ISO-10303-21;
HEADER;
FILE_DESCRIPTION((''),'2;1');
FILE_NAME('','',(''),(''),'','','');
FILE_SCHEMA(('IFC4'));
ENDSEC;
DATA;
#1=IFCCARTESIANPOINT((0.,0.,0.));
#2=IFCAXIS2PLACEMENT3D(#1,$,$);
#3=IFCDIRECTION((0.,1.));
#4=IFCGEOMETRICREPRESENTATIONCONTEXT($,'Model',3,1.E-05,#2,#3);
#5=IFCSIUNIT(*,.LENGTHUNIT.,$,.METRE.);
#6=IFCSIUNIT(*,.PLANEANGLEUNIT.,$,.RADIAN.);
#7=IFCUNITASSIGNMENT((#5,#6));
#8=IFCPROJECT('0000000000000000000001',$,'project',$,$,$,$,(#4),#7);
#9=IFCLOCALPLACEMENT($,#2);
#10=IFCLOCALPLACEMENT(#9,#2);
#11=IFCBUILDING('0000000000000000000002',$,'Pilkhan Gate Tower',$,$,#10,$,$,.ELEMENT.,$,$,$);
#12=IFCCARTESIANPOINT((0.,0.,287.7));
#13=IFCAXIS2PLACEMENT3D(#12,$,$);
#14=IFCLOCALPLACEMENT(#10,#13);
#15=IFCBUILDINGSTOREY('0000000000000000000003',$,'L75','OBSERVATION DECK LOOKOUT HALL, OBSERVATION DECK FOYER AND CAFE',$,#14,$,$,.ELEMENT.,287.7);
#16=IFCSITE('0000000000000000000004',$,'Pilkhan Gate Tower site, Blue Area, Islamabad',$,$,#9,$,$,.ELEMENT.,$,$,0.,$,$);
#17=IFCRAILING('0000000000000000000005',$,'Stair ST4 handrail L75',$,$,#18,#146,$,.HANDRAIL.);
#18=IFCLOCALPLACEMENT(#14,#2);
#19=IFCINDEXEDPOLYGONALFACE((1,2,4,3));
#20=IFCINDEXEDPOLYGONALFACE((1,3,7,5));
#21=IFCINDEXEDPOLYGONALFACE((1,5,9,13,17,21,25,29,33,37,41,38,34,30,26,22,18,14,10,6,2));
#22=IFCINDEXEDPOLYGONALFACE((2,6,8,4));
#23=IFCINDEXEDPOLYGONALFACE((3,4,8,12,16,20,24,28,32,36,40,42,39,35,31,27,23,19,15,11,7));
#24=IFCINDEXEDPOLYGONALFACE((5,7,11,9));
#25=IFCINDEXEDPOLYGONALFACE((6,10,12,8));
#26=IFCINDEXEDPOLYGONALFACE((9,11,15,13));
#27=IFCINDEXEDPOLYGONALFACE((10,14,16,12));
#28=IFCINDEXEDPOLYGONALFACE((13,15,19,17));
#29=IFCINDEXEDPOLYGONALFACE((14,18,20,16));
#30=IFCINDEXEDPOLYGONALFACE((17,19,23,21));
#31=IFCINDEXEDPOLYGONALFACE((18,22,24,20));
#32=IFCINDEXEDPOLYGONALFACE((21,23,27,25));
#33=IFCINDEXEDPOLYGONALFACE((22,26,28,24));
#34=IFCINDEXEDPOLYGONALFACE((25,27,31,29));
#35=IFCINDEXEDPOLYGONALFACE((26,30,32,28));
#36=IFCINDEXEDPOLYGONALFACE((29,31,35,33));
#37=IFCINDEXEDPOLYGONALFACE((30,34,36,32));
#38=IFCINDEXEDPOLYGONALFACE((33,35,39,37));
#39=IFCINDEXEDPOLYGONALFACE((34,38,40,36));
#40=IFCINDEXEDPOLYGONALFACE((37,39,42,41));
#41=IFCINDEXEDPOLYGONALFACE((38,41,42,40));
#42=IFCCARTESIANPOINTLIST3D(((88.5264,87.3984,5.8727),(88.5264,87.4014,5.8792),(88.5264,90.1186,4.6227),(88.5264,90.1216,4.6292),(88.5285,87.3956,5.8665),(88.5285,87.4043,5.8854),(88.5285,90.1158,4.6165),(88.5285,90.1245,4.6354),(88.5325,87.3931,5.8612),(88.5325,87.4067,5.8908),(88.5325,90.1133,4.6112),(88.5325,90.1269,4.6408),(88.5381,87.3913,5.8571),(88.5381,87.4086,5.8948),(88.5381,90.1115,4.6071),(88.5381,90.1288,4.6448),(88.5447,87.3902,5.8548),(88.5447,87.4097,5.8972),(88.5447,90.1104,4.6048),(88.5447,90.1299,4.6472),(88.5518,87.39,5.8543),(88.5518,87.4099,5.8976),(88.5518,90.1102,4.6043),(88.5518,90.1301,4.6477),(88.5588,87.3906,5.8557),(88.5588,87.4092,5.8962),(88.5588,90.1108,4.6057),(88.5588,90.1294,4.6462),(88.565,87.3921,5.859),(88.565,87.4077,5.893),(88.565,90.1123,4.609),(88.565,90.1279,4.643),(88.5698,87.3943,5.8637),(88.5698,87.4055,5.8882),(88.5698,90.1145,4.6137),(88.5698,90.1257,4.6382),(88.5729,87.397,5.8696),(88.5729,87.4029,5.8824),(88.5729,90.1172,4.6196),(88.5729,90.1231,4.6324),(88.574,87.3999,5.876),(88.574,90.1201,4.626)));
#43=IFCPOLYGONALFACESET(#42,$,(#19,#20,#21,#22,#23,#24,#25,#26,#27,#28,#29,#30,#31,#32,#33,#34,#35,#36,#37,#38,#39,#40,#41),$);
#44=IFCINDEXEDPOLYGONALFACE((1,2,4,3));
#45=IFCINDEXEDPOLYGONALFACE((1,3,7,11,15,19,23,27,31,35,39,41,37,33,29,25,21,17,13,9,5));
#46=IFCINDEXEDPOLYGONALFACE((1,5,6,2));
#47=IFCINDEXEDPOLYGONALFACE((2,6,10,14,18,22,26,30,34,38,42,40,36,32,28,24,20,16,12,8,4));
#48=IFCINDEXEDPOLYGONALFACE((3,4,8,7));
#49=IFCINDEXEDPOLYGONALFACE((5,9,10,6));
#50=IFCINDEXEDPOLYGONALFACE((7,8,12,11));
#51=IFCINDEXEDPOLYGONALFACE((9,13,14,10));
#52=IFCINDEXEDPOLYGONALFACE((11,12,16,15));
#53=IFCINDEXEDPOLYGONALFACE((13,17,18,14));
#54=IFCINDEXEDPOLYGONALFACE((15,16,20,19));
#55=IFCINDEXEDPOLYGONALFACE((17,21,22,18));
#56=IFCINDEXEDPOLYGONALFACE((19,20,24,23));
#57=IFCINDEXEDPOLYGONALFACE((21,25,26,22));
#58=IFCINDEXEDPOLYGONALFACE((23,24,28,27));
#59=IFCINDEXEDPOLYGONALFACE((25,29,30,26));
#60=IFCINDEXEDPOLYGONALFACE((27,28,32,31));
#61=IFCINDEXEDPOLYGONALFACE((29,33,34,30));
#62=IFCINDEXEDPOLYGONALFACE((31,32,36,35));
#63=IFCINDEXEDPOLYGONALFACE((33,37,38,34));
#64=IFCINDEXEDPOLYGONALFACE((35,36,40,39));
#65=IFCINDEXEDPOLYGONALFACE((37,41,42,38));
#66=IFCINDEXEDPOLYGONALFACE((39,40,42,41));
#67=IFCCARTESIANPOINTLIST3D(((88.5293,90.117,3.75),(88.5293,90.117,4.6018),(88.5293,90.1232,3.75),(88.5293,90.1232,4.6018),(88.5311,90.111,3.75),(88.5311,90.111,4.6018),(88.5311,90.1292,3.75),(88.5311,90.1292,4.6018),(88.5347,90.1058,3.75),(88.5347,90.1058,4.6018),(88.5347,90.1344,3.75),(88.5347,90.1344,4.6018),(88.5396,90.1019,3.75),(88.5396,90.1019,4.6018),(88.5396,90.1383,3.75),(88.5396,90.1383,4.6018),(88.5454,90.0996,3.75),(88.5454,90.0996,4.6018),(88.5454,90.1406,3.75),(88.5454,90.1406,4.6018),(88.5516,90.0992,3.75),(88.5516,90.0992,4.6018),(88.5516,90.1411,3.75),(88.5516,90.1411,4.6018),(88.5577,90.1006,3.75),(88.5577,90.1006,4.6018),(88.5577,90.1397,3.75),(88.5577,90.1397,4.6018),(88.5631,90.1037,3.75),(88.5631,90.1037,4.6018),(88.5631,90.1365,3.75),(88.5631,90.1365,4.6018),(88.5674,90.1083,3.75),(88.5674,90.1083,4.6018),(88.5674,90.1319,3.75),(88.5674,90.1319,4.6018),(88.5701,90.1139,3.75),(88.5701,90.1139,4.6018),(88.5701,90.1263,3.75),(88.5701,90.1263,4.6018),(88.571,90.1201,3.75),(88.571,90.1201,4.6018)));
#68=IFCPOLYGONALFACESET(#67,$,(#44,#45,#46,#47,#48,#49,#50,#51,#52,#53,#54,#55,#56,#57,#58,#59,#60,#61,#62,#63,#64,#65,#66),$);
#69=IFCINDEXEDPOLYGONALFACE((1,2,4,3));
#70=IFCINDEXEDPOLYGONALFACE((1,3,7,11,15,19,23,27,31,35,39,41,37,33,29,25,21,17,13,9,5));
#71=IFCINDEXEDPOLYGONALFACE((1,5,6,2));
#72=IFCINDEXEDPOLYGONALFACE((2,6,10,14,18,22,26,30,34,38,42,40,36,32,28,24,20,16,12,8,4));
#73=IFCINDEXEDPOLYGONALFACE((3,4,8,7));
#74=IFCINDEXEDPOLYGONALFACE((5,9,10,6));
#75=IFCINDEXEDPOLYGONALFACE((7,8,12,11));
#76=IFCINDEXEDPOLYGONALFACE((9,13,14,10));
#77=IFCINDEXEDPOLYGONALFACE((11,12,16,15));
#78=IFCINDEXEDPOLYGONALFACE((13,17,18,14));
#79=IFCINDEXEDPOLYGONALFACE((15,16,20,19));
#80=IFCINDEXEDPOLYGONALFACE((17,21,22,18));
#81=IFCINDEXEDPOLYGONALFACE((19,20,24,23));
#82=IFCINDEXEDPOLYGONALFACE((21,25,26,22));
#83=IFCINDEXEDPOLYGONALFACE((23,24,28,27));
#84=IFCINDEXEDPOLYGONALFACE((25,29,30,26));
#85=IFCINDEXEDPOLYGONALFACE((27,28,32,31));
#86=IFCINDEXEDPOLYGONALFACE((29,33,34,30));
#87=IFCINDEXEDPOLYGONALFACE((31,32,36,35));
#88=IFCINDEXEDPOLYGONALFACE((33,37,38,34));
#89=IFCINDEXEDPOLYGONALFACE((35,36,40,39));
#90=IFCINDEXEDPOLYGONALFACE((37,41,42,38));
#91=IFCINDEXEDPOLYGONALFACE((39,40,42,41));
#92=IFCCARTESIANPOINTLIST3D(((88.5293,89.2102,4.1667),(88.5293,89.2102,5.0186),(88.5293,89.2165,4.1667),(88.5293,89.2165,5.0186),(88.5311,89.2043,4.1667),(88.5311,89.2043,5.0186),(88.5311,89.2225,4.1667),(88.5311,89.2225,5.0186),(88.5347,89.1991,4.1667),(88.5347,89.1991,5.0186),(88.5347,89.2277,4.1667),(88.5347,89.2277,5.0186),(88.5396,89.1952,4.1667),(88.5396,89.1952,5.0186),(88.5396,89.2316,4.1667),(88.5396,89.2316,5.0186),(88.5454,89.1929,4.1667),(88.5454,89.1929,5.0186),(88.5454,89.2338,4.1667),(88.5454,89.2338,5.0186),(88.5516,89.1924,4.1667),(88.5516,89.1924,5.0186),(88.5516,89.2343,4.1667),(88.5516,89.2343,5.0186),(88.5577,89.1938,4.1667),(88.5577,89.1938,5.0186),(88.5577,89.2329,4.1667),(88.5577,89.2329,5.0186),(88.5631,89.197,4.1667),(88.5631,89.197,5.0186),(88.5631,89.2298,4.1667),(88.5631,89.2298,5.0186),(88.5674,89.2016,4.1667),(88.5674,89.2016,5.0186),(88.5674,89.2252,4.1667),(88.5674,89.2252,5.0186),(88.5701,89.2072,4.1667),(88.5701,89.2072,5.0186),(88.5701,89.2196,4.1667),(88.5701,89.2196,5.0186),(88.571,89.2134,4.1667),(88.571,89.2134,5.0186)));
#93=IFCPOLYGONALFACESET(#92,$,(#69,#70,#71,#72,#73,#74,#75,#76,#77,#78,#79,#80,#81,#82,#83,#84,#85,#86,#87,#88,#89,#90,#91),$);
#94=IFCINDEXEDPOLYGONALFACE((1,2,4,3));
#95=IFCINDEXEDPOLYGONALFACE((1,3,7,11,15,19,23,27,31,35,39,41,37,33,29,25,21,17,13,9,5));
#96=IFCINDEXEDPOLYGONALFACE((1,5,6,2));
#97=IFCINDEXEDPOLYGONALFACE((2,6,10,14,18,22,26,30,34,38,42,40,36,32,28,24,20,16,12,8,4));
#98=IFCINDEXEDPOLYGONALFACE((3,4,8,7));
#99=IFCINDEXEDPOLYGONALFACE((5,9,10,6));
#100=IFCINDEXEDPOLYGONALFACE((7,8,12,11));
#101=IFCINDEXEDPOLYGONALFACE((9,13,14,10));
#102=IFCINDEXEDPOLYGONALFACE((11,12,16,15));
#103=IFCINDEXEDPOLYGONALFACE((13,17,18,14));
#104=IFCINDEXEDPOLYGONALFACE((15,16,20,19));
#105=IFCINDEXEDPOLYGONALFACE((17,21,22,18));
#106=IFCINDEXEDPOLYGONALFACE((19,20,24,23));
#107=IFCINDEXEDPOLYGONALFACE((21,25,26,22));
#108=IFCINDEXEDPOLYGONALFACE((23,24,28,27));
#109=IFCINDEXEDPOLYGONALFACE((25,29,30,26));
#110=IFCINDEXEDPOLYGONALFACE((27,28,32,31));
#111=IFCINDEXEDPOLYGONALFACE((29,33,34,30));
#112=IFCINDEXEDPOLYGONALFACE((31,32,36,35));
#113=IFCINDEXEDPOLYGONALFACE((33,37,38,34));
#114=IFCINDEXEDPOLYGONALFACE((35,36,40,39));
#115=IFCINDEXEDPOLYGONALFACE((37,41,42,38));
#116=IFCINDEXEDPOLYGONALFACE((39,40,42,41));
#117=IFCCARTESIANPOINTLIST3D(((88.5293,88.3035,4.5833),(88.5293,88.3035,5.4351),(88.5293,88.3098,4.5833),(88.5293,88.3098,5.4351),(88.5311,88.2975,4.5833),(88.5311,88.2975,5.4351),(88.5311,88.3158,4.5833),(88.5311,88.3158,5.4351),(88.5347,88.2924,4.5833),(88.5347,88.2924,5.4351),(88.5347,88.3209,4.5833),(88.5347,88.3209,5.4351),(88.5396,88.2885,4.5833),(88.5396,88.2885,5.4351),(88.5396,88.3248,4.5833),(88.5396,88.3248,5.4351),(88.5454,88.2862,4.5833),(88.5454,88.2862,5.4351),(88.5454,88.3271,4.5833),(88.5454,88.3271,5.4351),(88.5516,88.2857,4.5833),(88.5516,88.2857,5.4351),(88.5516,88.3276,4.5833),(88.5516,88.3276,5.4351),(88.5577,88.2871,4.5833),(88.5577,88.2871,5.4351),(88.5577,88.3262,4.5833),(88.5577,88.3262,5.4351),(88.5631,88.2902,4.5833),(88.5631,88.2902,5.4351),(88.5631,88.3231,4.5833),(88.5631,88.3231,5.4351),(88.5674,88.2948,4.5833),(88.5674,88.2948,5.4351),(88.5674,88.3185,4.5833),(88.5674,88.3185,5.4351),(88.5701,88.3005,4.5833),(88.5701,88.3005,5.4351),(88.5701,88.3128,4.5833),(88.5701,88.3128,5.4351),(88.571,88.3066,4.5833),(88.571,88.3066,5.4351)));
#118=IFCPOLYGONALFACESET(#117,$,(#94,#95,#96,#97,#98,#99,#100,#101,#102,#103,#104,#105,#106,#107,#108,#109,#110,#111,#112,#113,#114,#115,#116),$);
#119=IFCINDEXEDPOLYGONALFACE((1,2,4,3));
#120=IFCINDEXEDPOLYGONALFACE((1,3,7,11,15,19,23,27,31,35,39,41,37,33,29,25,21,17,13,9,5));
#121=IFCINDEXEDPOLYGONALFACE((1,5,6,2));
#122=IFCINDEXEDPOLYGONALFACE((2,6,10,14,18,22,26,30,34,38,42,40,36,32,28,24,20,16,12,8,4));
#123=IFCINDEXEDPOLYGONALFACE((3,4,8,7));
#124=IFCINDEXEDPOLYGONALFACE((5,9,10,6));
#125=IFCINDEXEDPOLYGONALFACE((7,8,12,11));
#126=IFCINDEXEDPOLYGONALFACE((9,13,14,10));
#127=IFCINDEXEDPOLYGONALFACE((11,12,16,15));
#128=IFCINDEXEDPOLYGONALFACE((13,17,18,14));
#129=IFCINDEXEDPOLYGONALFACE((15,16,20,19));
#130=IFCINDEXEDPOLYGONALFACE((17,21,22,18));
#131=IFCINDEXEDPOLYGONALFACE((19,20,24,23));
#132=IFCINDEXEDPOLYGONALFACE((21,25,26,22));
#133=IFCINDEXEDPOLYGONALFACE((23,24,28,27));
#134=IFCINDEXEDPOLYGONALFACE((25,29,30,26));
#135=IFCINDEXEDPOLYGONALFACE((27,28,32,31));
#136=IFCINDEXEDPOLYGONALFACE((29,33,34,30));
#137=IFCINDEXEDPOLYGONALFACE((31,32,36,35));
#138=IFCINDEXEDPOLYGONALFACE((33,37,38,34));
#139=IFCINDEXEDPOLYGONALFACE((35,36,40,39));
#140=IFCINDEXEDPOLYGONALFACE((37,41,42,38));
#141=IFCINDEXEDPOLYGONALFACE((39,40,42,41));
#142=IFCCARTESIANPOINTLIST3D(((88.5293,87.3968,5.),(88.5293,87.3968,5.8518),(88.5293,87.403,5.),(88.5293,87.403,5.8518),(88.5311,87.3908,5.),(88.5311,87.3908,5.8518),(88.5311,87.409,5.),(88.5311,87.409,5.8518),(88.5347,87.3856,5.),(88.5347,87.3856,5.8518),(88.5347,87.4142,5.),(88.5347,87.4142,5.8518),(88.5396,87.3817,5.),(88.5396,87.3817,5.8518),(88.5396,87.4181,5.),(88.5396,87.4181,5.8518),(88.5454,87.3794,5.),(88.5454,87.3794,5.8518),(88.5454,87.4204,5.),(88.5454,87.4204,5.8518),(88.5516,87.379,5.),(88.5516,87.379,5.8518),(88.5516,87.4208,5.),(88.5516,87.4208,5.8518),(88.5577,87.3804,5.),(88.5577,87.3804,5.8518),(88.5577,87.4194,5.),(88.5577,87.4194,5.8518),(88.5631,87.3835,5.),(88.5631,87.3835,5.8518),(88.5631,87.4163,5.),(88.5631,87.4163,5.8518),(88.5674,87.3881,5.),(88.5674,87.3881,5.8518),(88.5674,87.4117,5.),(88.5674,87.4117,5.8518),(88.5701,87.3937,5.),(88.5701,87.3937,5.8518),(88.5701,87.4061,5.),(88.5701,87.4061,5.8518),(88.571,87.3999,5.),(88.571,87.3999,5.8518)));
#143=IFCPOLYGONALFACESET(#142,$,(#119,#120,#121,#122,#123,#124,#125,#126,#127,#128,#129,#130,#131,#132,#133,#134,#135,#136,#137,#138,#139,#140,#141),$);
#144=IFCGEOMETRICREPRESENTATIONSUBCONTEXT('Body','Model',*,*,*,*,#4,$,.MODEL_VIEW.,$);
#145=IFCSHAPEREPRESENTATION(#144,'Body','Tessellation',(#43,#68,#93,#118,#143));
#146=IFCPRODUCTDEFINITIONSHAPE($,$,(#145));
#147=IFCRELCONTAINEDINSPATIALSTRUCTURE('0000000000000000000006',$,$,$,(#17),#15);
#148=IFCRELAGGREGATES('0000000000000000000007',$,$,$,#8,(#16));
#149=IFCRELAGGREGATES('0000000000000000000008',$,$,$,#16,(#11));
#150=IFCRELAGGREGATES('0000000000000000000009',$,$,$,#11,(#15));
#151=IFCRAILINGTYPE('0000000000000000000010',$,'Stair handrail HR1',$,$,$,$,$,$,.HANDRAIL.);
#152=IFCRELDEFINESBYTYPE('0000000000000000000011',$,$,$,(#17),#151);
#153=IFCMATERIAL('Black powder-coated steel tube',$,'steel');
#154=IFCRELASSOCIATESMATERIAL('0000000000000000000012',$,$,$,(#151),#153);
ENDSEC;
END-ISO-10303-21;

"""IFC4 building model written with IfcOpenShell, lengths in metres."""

from ifc_helpers import new_model, si_unit, direction, frame, origin, origin_2d, place, context, subcontext, project, spatial, circle, extrude, material, type_object, element, save


model = new_model("IFC4")

# Units and contexts
model_context = context("Model", 3, precision=1e-05, world=origin(), true_north=direction((0.0, 1.0)))
body_context = subcontext(model_context, "Body", "Model", "MODEL_VIEW")
ifc_project = project(units=[si_unit("LENGTHUNIT", "METRE"), si_unit("PLANEANGLEUNIT", "RADIAN")], contexts=[model_context])

# Site, building, storey
site_placement = place(None, origin())
site = spatial("IfcSite", under=ifc_project, at=site_placement, Name="Pilkhan Gate Tower site, Blue Area, Islamabad", CompositionType="ELEMENT", RefElevation=0.0)
building_placement = place(site_placement, origin())
building = spatial("IfcBuilding", under=site, at=building_placement, Name="Pilkhan Gate Tower", CompositionType="ELEMENT")
storey_placement = place(building_placement, frame((0.0, 0.0, 287.7)))
storey = spatial("IfcBuildingStorey", under=building, at=storey_placement, Name="L75", Description="OBSERVATION DECK LOOKOUT HALL, OBSERVATION DECK FOYER AND CAFE", CompositionType="ELEMENT", Elevation=287.7)

# Railing
ifc_material_1 = material(Name="Black powder-coated steel tube", Category="steel")
railing_type_1 = type_object("IfcRailingType", Name="Stair handrail HR1", PredefinedType="HANDRAIL", material=ifc_material_1)
railing_1_placement = place(storey_placement, frame((88.55, 90.1201, 3.75)))
element("IfcRailing", 1, at=railing_1_placement, inside=storey, type_object=railing_type_1, Name="Stair ST4 handrail L75", PredefinedType="HANDRAIL", context=body_context, shape_type="SweptSolid", body=[
    extrude(circle(Radius=0.0239, at=origin_2d()), frame((0.0, 0.0, 0.876), z_axis=(0.0, -0.908655, 0.417547), x_axis=(1.0, 0.0, 0.0)), (0.0, 0.0, 1.0), 2.9937),
    extrude(circle(Radius=0.021, at=origin_2d()), origin(), (0.0, 0.0, 1.0), 0.8518),
    extrude(circle(Radius=0.021, at=origin_2d()), frame((0.0, -0.9067, 0.4167)), (0.0, 0.0, 1.0), 0.8518),
    extrude(circle(Radius=0.021, at=origin_2d()), frame((0.0, -1.8135, 0.8333)), (0.0, 0.0, 1.0), 0.8518),
    extrude(circle(Radius=0.021, at=origin_2d()), frame((0.0, -2.7202, 1.25)), (0.0, 0.0, 1.0), 0.8518),
])

save(model, "model.ifc")
